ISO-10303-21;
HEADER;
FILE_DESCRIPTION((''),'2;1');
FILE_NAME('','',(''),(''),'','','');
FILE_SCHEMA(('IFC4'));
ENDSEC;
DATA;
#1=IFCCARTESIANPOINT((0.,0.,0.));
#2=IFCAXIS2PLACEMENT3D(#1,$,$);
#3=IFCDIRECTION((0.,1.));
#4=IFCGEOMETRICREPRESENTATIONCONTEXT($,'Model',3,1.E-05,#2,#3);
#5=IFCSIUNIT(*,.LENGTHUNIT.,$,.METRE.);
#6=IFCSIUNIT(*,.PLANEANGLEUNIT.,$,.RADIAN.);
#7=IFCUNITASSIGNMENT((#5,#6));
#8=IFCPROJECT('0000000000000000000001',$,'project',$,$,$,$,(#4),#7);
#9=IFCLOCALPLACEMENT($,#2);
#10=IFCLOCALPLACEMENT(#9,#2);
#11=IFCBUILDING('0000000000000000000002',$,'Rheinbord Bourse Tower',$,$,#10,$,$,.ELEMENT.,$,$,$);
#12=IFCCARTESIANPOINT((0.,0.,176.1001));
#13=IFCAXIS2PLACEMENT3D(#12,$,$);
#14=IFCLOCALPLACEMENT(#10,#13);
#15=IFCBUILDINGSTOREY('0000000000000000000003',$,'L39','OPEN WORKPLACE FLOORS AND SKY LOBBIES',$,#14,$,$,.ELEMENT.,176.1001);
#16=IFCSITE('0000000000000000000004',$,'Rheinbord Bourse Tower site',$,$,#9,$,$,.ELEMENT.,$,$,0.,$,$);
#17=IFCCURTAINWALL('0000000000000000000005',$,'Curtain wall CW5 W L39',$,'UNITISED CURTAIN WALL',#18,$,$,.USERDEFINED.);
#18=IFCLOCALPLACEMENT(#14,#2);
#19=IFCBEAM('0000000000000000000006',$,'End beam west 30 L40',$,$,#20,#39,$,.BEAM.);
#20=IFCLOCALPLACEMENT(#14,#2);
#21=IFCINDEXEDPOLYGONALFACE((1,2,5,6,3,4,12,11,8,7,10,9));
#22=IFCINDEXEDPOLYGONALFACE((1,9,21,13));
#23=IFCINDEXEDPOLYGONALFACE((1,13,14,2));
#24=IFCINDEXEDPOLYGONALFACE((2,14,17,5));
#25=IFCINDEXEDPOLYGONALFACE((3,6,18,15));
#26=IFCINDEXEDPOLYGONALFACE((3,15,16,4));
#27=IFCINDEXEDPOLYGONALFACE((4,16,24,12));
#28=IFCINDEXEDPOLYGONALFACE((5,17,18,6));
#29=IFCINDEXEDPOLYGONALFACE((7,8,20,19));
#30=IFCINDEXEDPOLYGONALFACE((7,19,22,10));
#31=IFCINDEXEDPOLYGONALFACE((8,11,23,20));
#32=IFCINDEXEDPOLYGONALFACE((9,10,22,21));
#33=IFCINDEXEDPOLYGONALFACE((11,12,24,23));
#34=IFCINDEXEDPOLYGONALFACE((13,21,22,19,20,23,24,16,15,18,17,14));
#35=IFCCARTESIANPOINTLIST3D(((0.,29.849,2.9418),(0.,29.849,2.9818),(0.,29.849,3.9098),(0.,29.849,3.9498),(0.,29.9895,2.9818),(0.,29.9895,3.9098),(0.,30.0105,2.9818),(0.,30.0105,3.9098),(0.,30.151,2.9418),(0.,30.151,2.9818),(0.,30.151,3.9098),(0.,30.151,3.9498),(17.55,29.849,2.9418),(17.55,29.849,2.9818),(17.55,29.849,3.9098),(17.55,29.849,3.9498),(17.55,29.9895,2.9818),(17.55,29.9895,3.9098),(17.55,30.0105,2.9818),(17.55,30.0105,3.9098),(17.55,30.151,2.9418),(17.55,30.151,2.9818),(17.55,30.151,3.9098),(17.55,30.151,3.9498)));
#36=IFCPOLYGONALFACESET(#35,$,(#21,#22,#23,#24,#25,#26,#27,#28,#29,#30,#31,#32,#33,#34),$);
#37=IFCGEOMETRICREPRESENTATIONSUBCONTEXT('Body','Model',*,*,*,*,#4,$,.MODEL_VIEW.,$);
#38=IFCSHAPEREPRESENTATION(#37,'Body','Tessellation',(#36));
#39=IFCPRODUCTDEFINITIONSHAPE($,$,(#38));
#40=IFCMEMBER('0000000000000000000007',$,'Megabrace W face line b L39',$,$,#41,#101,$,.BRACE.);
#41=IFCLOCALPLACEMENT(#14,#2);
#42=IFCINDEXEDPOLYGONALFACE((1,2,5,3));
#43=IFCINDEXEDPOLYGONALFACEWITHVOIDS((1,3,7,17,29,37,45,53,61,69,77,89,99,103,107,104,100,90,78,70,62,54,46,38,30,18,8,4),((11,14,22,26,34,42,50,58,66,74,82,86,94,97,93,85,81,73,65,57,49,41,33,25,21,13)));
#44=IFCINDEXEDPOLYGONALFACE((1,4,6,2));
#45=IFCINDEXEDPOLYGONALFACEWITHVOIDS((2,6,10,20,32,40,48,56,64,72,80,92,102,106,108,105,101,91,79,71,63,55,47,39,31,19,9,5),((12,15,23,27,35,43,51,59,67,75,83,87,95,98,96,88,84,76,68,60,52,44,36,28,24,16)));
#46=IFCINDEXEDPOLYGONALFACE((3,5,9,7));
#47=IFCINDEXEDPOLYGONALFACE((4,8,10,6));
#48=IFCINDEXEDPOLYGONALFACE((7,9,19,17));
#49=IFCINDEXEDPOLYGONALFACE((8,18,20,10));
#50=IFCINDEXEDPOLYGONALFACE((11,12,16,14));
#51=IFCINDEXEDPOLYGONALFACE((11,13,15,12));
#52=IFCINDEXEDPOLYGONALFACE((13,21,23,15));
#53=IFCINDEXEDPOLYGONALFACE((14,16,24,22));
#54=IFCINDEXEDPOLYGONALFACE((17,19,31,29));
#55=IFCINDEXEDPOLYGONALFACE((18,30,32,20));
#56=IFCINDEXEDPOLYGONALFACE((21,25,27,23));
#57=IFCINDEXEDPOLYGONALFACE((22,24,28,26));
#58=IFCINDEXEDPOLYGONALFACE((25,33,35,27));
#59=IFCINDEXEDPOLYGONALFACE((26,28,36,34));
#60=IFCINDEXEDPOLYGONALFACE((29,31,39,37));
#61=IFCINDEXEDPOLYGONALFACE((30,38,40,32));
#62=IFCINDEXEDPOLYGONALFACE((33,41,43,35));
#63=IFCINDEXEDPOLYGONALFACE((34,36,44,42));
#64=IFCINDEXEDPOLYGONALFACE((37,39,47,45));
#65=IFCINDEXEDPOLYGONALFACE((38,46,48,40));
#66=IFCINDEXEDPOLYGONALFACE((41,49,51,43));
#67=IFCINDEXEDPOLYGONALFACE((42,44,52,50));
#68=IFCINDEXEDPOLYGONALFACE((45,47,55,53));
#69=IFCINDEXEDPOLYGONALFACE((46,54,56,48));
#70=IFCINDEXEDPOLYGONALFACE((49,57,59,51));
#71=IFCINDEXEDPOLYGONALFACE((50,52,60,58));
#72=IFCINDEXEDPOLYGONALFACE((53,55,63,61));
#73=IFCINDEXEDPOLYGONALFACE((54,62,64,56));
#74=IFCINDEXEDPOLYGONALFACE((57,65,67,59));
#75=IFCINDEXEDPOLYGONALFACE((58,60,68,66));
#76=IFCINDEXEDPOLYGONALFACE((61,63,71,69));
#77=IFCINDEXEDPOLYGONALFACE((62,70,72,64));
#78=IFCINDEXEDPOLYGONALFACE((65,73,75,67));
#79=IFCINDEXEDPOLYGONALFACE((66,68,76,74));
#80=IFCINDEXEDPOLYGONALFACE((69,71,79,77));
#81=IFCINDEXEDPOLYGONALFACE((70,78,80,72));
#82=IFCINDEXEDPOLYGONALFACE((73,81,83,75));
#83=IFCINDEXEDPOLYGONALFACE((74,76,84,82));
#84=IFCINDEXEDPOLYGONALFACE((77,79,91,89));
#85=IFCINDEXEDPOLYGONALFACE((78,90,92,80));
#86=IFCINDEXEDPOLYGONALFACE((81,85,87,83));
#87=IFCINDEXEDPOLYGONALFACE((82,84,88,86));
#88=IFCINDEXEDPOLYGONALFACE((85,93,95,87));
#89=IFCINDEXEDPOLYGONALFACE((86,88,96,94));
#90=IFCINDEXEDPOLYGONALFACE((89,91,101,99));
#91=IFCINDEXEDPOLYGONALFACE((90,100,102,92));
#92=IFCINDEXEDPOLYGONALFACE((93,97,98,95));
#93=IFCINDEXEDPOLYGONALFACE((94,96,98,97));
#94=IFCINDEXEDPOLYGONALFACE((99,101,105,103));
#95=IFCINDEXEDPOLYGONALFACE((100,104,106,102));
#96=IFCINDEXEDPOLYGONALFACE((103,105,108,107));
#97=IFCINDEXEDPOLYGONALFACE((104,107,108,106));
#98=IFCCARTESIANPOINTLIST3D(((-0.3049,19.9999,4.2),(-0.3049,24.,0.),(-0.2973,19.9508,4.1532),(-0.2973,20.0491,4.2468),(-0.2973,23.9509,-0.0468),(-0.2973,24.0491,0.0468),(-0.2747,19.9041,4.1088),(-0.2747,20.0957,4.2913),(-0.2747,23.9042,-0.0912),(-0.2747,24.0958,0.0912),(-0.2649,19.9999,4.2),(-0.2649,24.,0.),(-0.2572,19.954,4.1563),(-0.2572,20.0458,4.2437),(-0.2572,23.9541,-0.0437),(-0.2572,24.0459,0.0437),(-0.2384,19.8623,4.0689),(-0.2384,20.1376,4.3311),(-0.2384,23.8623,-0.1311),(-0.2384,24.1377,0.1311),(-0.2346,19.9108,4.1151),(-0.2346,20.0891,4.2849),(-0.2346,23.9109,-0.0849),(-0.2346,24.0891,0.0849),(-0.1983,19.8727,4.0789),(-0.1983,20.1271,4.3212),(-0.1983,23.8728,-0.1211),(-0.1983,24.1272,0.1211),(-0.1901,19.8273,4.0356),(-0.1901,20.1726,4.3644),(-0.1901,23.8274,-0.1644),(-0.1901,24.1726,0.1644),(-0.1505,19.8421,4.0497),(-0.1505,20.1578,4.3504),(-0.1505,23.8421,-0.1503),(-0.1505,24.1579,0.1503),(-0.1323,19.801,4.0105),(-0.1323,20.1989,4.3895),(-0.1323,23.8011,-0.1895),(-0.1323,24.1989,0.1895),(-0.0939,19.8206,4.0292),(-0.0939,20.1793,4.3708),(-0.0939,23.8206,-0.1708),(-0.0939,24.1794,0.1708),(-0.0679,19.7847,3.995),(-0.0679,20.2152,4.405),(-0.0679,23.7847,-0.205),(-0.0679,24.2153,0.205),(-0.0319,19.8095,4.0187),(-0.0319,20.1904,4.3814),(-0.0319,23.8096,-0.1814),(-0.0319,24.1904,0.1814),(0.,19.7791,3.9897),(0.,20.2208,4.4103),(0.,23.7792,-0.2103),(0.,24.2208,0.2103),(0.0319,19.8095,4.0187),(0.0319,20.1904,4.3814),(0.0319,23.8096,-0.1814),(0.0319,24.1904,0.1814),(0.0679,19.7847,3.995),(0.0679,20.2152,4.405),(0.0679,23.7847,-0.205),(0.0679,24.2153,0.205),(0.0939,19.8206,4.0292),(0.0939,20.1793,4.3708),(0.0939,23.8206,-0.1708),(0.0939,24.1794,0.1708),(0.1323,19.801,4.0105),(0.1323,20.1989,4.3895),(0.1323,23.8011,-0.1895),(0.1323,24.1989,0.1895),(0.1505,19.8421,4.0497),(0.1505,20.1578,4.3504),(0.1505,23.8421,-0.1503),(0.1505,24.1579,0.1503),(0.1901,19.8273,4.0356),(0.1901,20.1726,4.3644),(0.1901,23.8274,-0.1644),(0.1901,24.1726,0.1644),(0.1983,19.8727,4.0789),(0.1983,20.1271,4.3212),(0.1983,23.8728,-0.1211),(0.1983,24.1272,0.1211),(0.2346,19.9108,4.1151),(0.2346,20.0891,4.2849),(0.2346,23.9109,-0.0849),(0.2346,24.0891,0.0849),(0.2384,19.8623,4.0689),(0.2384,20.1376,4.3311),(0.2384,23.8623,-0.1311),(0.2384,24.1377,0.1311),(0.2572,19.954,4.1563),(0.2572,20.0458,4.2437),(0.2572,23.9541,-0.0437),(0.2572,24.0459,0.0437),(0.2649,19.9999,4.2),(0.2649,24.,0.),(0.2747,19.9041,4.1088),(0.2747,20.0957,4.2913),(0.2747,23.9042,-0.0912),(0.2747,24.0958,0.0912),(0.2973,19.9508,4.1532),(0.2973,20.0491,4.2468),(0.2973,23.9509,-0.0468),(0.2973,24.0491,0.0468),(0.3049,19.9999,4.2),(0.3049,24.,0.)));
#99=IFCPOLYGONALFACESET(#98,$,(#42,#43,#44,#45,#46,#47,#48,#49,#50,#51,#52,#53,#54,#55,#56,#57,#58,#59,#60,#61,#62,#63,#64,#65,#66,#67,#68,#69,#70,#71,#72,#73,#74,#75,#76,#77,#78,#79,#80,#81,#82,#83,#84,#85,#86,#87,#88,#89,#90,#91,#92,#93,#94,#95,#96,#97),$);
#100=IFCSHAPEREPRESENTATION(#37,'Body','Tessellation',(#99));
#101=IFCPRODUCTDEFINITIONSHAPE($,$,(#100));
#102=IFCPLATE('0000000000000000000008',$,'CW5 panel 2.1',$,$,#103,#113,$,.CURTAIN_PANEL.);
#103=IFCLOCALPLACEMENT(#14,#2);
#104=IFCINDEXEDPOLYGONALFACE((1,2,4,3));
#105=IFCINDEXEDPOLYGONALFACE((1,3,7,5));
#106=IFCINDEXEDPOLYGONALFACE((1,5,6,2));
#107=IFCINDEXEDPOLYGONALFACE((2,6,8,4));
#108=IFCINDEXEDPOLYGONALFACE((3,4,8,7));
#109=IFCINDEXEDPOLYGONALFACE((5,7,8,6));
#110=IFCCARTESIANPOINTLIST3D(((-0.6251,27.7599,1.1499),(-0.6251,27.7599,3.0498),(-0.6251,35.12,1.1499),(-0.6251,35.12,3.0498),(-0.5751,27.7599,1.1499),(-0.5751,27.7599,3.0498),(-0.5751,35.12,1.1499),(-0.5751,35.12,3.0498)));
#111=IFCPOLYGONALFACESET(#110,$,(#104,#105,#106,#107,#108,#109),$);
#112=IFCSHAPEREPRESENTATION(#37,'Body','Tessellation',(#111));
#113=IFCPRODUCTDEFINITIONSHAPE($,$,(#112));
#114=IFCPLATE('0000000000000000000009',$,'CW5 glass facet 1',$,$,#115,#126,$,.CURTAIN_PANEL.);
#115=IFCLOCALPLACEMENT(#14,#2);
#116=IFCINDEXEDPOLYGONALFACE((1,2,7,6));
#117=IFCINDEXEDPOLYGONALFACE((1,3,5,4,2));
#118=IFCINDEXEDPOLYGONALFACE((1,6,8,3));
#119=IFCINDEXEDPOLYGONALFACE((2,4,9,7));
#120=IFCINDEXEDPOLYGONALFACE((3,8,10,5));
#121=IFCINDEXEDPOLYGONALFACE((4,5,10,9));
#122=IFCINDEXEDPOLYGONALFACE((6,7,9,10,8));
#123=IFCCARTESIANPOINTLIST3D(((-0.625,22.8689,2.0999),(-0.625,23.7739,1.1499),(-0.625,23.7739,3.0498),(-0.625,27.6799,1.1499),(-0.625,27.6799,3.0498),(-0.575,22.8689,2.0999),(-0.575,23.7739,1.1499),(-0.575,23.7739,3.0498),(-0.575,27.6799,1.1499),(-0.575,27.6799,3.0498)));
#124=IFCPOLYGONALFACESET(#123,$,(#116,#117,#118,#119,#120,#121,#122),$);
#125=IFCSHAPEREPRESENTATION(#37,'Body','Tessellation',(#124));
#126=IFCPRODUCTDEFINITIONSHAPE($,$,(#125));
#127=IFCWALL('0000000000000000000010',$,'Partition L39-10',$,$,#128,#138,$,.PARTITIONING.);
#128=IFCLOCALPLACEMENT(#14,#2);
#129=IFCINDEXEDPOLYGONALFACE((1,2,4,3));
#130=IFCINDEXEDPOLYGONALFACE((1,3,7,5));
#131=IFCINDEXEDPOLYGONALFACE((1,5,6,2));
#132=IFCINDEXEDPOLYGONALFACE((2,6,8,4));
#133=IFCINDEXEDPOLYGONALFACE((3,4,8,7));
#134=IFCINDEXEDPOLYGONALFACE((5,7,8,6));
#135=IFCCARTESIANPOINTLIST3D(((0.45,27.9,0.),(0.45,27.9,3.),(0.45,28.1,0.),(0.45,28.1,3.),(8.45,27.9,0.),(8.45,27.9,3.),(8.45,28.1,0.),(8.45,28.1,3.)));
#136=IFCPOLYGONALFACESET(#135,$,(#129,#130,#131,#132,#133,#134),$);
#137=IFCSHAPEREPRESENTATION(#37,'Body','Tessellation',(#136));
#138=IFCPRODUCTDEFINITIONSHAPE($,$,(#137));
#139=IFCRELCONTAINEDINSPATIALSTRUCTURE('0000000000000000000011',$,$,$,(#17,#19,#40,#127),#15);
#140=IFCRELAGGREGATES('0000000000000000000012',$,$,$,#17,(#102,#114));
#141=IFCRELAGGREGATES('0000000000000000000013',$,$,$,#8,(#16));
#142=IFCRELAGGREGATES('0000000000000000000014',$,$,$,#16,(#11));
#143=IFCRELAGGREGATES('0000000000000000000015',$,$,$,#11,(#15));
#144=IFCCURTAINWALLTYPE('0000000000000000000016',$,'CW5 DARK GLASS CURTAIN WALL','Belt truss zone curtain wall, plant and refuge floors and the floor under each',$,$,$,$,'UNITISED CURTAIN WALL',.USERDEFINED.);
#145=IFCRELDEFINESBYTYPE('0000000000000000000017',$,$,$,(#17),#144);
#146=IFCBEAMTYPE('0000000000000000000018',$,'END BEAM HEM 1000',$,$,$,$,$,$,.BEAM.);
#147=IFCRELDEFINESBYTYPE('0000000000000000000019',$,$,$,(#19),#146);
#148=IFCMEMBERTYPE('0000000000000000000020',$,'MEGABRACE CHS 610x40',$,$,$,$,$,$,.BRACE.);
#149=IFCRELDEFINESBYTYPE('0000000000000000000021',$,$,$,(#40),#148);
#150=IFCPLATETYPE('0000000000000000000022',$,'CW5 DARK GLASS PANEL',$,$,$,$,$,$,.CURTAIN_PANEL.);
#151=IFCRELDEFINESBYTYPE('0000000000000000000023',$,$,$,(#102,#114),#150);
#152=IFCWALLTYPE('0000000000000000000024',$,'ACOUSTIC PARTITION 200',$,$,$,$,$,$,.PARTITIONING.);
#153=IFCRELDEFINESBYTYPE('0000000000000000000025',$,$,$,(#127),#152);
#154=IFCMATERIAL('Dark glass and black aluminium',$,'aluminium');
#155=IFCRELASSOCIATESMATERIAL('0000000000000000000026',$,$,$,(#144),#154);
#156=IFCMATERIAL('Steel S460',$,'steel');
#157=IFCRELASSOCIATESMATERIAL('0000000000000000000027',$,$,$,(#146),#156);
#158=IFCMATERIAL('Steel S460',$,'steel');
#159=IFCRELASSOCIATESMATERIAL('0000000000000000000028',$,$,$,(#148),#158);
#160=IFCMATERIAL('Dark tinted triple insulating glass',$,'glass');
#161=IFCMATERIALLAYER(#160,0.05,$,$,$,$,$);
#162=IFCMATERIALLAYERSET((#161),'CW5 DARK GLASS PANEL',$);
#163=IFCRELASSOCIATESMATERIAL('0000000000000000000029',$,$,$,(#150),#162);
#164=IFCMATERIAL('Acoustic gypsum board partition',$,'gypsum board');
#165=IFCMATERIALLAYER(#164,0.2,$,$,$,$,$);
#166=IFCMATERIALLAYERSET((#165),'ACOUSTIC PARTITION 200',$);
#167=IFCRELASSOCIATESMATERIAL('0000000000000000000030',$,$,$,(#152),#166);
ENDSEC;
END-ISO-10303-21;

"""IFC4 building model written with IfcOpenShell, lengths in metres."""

from ifc_helpers import new_model, si_unit, direction, frame, frame_2d, origin, origin_2d, place, context, subcontext, project, spatial, polyline, rectangle, hollow_circle, i_section, outline, extrude, material, layer, layer_set, material_profile, profile_set, type_object, element, aggregate, save


model = new_model("IFC4")

# Units and contexts
model_context = context("Model", 3, precision=1e-05, world=origin(), true_north=direction((0.0, 1.0)))
body_context = subcontext(model_context, "Body", "Model", "MODEL_VIEW")
ifc_project = project(units=[si_unit("LENGTHUNIT", "METRE"), si_unit("PLANEANGLEUNIT", "RADIAN")], contexts=[model_context])

# Site, building, storey
site_placement = place(None, origin())
site = spatial("IfcSite", under=ifc_project, at=site_placement, Name="Rheinbord Bourse Tower site", CompositionType="ELEMENT", RefElevation=0.0)
building_placement = place(site_placement, origin())
building = spatial("IfcBuilding", under=site, at=building_placement, Name="Rheinbord Bourse Tower", CompositionType="ELEMENT")
storey_placement = place(building_placement, frame((0.0, 0.0, 176.1001)))
storey = spatial("IfcBuildingStorey", under=building, at=storey_placement, Name="L39", Description="OPEN WORKPLACE FLOORS AND SKY LOBBIES", CompositionType="ELEMENT", Elevation=176.1001)

# Curtain wall
ifc_material_1 = material(Name="Dark glass and black aluminium", Category="aluminium")
curtain_wall_type = type_object("IfcCurtainWallType", Name="CW5 DARK GLASS CURTAIN WALL", Description="Belt truss zone curtain wall, plant and refuge floors and the floor under each", ElementType="UNITISED CURTAIN WALL", PredefinedType="USERDEFINED", material=ifc_material_1)
curtain_wall_placement = place(storey_placement, origin())
curtain_wall = element("IfcCurtainWall", 1, at=curtain_wall_placement, inside=storey, type_object=curtain_wall_type, Name="Curtain wall CW5 W L39", ObjectType="UNITISED CURTAIN WALL", PredefinedType="USERDEFINED")

# Beam
ifc_material_2 = material(Name="Steel S460", Category="steel")
ifc_material_profile_1 = material_profile(ifc_material_2, i_section(OverallWidth=0.302, OverallDepth=1.0081, WebThickness=0.021, FlangeThickness=0.04, at=origin_2d()), Name="HEM 1000")
ifc_profile_set_1 = profile_set([ifc_material_profile_1], Name="Steel S460")
beam_type_1 = type_object("IfcBeamType", Name="END BEAM HEM 1000", PredefinedType="BEAM", material=ifc_profile_set_1)
for number, where, z_axis, x_axis, name in (
    (2, (0.0, 30.0, 3.4458), (1.0, 0.0, 0.0), (0.0, 1.0, 0.0), "End beam west 30 L40"),
):
    element("IfcBeam", number, at=place(storey_placement, frame(where, z_axis=z_axis, x_axis=x_axis)), inside=storey, type_object=beam_type_1, Name=name, PredefinedType="BEAM", context=body_context, shape_type="SweptSolid", body=[
        extrude(i_section(OverallWidth=0.302, OverallDepth=1.0081, WebThickness=0.021, FlangeThickness=0.04, at=origin_2d()), origin(), (0.0, 0.0, 1.0), 17.55),
    ])

# Member
ifc_material_3 = material(Name="Steel S460", Category="steel")
ifc_material_profile_2 = material_profile(ifc_material_3, hollow_circle(Radius=0.3049, WallThickness=0.04, at=origin_2d()), Name="CHS 610x40")
ifc_profile_set_2 = profile_set([ifc_material_profile_2], Name="Steel S460")
member_type_1 = type_object("IfcMemberType", Name="MEGABRACE CHS 610x40", PredefinedType="BRACE", material=ifc_profile_set_2)
member_1_placement = place(storey_placement, frame((0.0, 24.0, 0.0), z_axis=(0.0, -0.689659, 0.724134), x_axis=(1.0, 0.0, 0.0)))
element("IfcMember", 3, at=member_1_placement, inside=storey, type_object=member_type_1, Name="Megabrace W face line b L39", PredefinedType="BRACE", context=body_context, shape_type="SweptSolid", body=[
    extrude(hollow_circle(Radius=0.3049, WallThickness=0.04, at=origin_2d()), origin(), (0.0, 0.0, 1.0), 5.8),
])

# Plates
ifc_material_4 = material(Name="Dark tinted triple insulating glass", Category="glass")
ifc_layer_1 = layer(ifc_material_4, 0.05)
ifc_layer_set_1 = layer_set([ifc_layer_1], Name="CW5 DARK GLASS PANEL")
plate_type = type_object("IfcPlateType", Name="CW5 DARK GLASS PANEL", PredefinedType="CURTAIN_PANEL", material=ifc_layer_set_1)
plate_1_placement = place(storey_placement, frame((-0.6001, 31.4399, 1.1499), z_axis=(0.0, 0.0, 1.0), x_axis=(0.0, -1.0, 0.0)))
plate_1 = element("IfcPlate", 4, at=plate_1_placement, type_object=plate_type, Name="CW5 panel 2.1", PredefinedType="CURTAIN_PANEL", context=body_context, shape_type="SweptSolid", body=[
    extrude(rectangle(XDim=7.3601, YDim=0.05, at=origin_2d()), origin(), (0.0, 0.0, 1.0), 1.8999),
])
plate_2_placement = place(storey_placement, frame((-0.625, 27.6799, 1.1499), z_axis=(1.0, 0.0, 0.0), x_axis=(0.0, 0.0, 1.0)))
plate_2 = element("IfcPlate", 5, at=plate_2_placement, type_object=plate_type, Name="CW5 glass facet 1", PredefinedType="CURTAIN_PANEL", context=body_context, shape_type="SweptSolid", body=[
    extrude(outline(polyline([(0.0, 0.0), (1.8999, 0.0), (1.8999, 3.906), (0.95, 4.811), (0.0, 3.906), (0.0, 0.0)])), origin(), (0.0, 0.0, 1.0), 0.05),
])
aggregate(curtain_wall, [plate_1, plate_2])

# Wall
ifc_material_5 = material(Name="Acoustic gypsum board partition", Category="gypsum board")
ifc_layer_2 = layer(ifc_material_5, 0.2)
ifc_layer_set_2 = layer_set([ifc_layer_2], Name="ACOUSTIC PARTITION 200")
wall_type = type_object("IfcWallType", Name="ACOUSTIC PARTITION 200", PredefinedType="PARTITIONING", material=ifc_layer_set_2)
wall_placement = place(storey_placement, frame((0.45, 28.0, 0.0), z_axis=(0.0, 0.0, 1.0), x_axis=(1.0, 0.0, 0.0)))
element("IfcWall", 6, at=wall_placement, inside=storey, type_object=wall_type, Name="Partition L39-10", PredefinedType="PARTITIONING", context=body_context, shape_type="SweptSolid", body=[
    extrude(rectangle(XDim=8.0, YDim=0.2, at=frame_2d((4.0, 0.0))), origin(), (0.0, 0.0, 1.0), 3.0),
])

save(model, "model.ifc")
